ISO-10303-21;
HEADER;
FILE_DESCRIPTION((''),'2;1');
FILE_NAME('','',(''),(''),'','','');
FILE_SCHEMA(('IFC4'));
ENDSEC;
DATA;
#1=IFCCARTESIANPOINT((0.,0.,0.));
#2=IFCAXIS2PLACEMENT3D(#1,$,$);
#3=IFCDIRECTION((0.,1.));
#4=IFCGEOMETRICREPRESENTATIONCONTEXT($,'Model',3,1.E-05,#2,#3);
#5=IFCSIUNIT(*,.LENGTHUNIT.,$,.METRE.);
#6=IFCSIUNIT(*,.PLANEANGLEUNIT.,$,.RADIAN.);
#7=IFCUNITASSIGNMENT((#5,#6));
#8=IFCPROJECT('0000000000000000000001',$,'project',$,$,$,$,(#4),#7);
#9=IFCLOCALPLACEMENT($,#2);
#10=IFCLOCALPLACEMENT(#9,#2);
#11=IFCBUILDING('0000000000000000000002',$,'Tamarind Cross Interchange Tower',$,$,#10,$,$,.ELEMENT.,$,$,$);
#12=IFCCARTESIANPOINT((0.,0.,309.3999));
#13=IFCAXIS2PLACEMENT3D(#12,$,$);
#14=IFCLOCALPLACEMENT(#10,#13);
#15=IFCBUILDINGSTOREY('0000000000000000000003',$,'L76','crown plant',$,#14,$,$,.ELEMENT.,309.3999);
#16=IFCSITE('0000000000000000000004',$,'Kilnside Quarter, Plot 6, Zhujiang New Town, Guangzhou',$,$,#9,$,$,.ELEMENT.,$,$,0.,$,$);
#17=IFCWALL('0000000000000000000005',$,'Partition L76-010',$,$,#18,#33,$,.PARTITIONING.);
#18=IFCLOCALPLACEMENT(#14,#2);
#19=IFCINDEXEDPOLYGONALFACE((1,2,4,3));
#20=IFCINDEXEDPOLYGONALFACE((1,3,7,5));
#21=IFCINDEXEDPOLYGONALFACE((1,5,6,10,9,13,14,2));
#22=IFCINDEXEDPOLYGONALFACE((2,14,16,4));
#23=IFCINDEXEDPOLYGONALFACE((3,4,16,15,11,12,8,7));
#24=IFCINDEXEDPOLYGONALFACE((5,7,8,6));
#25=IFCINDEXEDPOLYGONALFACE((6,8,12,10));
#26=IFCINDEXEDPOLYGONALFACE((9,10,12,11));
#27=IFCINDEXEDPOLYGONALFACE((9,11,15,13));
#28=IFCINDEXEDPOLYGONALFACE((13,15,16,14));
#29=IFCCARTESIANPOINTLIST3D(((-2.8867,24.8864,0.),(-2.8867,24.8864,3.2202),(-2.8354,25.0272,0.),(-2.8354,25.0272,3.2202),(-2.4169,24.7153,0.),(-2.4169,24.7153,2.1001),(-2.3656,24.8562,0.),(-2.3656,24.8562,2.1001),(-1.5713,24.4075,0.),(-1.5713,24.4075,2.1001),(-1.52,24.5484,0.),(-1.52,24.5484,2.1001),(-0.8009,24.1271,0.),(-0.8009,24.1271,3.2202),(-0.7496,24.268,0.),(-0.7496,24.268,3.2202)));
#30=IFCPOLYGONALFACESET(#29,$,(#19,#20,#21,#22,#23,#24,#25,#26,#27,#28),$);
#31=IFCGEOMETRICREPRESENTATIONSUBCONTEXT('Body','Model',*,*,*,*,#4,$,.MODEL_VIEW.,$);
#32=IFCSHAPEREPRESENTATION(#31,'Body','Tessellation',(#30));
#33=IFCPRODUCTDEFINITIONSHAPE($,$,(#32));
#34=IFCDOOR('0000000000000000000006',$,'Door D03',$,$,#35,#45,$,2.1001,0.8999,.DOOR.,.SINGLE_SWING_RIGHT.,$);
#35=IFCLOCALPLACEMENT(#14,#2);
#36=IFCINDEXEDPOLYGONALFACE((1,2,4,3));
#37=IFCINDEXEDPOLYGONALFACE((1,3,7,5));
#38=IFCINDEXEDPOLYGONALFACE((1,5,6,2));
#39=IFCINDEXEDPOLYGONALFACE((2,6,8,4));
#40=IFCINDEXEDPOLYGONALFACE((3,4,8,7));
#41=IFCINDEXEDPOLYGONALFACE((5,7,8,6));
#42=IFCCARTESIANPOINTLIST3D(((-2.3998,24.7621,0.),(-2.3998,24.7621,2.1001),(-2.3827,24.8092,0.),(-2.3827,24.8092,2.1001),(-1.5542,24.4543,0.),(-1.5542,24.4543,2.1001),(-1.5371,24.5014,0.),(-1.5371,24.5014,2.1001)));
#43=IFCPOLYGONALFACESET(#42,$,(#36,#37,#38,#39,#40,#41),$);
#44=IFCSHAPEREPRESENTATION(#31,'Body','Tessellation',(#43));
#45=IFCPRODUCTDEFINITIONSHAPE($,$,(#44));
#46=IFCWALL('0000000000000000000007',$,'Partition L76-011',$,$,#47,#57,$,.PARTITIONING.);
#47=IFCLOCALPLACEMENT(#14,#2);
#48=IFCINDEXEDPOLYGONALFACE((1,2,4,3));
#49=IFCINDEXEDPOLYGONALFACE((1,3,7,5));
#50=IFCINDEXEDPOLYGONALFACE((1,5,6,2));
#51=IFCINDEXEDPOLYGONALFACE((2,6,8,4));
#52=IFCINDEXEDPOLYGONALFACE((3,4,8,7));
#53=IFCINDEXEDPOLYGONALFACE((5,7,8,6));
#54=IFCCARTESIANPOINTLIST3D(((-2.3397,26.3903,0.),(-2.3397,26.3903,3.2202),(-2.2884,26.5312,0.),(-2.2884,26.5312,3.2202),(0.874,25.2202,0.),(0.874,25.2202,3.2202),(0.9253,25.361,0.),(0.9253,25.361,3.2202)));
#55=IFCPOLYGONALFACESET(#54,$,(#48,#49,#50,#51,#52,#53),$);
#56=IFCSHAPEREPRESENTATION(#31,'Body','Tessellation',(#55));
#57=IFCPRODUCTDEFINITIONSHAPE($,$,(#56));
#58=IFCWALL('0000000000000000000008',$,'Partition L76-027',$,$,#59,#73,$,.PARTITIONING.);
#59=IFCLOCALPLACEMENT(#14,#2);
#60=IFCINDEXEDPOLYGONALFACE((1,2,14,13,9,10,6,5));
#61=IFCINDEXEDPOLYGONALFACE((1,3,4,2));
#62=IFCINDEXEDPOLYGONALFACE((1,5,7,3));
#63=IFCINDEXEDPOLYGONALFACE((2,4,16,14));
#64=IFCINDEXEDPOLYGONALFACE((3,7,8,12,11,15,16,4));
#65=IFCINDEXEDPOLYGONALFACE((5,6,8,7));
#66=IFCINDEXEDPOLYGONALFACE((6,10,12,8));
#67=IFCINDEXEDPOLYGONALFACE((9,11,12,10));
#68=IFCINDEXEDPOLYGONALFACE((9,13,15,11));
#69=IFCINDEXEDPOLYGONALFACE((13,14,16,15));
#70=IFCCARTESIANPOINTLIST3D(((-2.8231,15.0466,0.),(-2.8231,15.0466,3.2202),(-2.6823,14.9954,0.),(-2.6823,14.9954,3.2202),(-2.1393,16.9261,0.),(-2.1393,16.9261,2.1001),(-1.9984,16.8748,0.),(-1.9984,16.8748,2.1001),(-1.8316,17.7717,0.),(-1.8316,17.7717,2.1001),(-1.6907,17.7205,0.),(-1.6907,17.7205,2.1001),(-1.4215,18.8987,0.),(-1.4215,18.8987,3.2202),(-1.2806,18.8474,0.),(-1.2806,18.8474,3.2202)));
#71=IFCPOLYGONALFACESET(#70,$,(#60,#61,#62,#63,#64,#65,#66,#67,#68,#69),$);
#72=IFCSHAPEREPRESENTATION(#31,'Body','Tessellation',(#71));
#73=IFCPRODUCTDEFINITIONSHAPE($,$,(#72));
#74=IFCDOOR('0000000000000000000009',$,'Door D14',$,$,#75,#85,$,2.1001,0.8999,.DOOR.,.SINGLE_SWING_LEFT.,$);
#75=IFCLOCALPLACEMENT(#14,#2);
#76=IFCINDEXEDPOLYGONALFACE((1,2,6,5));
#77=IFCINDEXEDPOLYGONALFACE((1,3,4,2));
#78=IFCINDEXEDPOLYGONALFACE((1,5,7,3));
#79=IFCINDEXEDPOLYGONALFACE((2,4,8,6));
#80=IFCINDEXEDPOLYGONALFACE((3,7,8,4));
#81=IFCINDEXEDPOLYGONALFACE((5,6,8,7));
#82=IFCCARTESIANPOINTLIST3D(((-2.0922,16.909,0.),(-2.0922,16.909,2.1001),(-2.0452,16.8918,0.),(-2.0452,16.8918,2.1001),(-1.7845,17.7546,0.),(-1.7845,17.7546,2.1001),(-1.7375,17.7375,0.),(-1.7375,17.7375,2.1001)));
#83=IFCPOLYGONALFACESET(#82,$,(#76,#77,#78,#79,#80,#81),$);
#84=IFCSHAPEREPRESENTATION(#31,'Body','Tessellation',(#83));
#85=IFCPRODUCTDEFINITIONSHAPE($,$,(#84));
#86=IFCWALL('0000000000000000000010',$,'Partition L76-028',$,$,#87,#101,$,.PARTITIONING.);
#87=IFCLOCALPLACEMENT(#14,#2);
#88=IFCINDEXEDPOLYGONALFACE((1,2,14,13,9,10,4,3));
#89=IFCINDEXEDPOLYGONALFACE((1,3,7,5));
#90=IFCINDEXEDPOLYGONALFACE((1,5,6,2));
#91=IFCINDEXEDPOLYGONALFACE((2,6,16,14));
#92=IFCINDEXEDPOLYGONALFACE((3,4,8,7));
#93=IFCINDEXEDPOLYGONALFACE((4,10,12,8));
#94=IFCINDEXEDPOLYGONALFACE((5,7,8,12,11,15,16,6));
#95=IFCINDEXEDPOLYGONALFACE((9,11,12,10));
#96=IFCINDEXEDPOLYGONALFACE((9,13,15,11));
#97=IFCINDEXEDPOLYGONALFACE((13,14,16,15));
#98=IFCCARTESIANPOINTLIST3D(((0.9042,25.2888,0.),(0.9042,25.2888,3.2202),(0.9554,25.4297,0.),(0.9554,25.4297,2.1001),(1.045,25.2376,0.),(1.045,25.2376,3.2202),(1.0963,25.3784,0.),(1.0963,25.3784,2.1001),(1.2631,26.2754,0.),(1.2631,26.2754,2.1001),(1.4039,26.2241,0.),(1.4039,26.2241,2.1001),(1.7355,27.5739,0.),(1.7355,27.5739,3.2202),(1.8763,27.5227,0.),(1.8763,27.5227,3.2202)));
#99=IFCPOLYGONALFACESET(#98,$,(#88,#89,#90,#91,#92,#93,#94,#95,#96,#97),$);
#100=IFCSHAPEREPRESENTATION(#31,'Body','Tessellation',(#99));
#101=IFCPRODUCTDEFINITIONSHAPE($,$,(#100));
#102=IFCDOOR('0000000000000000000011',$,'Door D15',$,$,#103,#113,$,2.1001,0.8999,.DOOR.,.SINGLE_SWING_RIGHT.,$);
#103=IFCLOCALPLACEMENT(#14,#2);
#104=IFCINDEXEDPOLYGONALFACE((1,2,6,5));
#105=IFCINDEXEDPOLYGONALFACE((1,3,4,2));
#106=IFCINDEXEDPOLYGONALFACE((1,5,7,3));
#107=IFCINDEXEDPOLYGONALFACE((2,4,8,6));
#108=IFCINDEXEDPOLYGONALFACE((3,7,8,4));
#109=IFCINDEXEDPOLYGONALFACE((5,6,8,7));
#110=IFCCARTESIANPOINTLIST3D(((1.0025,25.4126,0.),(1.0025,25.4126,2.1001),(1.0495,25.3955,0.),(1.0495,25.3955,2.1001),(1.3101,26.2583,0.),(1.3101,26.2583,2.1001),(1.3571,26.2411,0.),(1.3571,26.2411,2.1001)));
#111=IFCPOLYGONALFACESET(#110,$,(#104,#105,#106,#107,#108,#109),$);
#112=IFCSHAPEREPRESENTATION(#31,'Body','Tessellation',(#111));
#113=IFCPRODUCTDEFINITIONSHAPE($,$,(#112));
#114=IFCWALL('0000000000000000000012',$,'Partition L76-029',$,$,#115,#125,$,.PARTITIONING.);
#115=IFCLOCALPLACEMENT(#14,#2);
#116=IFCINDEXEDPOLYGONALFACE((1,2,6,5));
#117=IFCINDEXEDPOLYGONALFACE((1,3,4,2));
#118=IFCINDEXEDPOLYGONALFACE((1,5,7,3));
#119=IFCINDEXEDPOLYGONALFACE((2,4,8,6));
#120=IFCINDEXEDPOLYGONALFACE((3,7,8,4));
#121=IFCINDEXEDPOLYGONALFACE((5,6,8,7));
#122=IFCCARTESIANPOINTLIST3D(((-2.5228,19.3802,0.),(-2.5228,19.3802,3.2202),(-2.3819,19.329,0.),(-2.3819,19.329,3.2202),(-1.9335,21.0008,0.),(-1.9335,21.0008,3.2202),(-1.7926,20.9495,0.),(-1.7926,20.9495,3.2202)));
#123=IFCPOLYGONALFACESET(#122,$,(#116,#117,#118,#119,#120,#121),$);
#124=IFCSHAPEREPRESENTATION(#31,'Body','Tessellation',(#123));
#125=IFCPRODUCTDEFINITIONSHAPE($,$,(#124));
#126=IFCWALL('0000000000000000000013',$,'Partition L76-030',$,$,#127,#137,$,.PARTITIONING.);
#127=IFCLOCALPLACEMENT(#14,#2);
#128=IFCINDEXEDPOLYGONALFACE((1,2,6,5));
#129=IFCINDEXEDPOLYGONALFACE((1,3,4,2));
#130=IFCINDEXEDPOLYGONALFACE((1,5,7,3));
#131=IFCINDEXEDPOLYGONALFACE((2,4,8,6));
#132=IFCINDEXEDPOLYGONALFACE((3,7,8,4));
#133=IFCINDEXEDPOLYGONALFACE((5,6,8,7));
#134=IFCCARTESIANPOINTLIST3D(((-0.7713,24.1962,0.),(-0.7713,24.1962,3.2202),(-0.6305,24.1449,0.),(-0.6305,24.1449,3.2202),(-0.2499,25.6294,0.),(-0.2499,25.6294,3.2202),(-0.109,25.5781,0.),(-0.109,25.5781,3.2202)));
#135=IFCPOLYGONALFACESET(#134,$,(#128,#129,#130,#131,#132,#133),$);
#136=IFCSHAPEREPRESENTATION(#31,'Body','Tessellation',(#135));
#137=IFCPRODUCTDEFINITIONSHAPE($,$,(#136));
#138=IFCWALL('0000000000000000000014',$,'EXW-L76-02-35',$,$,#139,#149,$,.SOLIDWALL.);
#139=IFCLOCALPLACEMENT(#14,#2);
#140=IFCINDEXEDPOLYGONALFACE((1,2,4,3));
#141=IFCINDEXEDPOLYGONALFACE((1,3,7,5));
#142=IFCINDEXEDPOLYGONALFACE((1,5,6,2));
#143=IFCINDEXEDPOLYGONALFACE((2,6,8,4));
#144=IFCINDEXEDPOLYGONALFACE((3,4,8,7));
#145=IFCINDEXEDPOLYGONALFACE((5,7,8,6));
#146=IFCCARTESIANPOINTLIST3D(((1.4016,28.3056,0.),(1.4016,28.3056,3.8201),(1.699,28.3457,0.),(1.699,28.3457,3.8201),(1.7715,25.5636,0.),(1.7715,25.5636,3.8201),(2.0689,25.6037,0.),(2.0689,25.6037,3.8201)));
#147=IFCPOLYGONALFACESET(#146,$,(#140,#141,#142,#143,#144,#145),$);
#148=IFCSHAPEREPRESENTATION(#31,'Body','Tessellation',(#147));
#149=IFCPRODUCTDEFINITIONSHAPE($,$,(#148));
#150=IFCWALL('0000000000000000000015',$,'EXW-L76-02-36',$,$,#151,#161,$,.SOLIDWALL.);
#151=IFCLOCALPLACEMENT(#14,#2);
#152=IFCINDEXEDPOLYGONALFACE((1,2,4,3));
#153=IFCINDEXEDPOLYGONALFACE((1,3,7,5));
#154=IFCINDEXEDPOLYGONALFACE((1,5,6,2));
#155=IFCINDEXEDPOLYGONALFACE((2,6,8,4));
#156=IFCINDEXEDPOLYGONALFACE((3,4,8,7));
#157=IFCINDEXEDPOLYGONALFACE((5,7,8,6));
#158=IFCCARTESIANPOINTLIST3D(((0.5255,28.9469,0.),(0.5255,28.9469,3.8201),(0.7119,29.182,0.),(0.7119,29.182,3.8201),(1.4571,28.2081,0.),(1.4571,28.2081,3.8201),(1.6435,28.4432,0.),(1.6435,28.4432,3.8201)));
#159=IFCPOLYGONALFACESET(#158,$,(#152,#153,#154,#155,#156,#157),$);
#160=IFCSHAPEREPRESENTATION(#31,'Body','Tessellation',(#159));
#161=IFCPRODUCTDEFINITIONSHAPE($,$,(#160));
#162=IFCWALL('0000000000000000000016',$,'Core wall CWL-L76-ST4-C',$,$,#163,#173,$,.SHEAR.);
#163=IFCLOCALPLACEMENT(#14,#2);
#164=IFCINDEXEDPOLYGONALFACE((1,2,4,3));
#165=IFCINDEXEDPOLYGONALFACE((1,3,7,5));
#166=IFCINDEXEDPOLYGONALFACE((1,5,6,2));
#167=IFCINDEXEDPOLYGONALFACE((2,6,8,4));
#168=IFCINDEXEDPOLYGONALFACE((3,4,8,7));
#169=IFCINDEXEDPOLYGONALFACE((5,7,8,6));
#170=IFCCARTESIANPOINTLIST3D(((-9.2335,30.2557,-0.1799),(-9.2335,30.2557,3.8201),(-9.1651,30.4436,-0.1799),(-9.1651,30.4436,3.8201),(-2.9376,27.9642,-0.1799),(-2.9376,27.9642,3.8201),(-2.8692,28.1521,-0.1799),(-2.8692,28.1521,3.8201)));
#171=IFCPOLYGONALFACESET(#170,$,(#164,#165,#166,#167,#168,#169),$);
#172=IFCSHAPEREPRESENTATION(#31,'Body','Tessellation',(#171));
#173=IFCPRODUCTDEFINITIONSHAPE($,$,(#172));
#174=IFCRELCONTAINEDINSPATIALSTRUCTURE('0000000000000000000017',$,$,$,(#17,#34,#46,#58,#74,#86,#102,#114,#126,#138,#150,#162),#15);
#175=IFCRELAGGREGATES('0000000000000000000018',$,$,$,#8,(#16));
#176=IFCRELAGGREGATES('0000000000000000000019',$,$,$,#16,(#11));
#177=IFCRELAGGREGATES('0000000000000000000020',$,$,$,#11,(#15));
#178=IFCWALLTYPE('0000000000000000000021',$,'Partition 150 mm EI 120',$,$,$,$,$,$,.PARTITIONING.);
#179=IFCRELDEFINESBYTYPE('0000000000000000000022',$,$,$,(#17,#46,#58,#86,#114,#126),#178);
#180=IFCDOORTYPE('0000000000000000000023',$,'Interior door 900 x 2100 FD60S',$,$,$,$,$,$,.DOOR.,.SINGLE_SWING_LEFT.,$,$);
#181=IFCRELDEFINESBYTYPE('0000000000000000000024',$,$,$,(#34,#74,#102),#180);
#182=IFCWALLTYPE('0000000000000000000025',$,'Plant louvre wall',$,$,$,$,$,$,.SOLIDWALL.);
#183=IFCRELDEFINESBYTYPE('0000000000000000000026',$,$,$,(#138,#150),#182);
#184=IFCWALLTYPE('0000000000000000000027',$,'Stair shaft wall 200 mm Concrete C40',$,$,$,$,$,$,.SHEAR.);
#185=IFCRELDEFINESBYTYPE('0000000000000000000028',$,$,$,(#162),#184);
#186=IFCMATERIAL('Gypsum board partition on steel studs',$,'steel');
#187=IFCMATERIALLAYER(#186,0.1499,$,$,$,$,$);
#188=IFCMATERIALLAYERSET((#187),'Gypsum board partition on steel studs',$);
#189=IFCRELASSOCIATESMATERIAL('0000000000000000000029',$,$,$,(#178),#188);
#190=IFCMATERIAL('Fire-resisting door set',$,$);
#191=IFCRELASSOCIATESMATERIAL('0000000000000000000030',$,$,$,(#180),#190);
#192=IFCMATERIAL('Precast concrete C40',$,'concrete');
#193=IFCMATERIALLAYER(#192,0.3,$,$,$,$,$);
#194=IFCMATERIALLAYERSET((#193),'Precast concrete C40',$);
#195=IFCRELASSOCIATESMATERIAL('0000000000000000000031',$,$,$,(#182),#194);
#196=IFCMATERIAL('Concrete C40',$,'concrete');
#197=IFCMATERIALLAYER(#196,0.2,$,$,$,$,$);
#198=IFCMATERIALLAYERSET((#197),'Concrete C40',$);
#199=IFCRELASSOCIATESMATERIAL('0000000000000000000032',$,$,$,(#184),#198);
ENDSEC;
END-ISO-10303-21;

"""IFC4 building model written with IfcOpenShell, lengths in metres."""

from ifc_helpers import new_model, si_unit, direction, frame, frame_2d, origin, place, context, subcontext, project, spatial, rectangle, extrude, material, layer, layer_set, type_object, element, fill, save


model = new_model("IFC4")

# Units and contexts
model_context = context("Model", 3, precision=1e-05, world=origin(), true_north=direction((0.0, 1.0)))
body_context = subcontext(model_context, "Body", "Model", "MODEL_VIEW")
ifc_project = project(units=[si_unit("LENGTHUNIT", "METRE"), si_unit("PLANEANGLEUNIT", "RADIAN")], contexts=[model_context])

# Site, building, storey
site_placement = place(None, origin())
site = spatial("IfcSite", under=ifc_project, at=site_placement, Name="Kilnside Quarter, Plot 6, Zhujiang New Town, Guangzhou", CompositionType="ELEMENT", RefElevation=0.0)
building_placement = place(site_placement, origin())
building = spatial("IfcBuilding", under=site, at=building_placement, Name="Tamarind Cross Interchange Tower", CompositionType="ELEMENT")
storey_placement = place(building_placement, frame((0.0, 0.0, 309.3999)))
storey = spatial("IfcBuildingStorey", under=building, at=storey_placement, Name="L76", Description="crown plant", CompositionType="ELEMENT", Elevation=309.3999)

# Wall, opening, door
ifc_material_1 = material(Name="Gypsum board partition on steel studs", Category="steel")
ifc_layer_1 = layer(ifc_material_1, 0.1499)
ifc_layer_set_1 = layer_set([ifc_layer_1], Name="Gypsum board partition on steel studs")
wall_type_1 = type_object("IfcWallType", Name="Partition 150 mm EI 120", PredefinedType="PARTITIONING", material=ifc_layer_set_1)
wall_1_placement = place(storey_placement, frame((-2.8611, 24.9568, 0.0), z_axis=(0.0, 0.0, 1.0), x_axis=(0.939684, -0.342043, 0.0)))
wall_1 = element("IfcWall", 1, at=wall_1_placement, inside=storey, type_object=wall_type_1, Name="Partition L76-010", PredefinedType="PARTITIONING", context=body_context, shape_type="SweptSolid", body=[
    extrude(rectangle(XDim=2.2197, YDim=0.1499, at=frame_2d((1.1099, 0.0))), origin(), (0.0, 0.0, 1.0), 3.2202),
])
opening_1_placement = place(wall_1_placement, frame((0.5, 0.0, 0.0)))
opening_1 = element("IfcOpeningElement", 2, at=opening_1_placement, cuts=wall_1, PredefinedType="OPENING", context=body_context, shape_type="SweptSolid", body=[
    extrude(rectangle(XDim=0.8999, YDim=2.1001, at=frame_2d((0.45, 1.05))), frame((0.0, 0.085, 0.0), z_axis=(0.0, -1.0, 0.0), x_axis=(1.0, 0.0, 0.0)), (0.0, 0.0, 1.0), 0.1699),
])
ifc_material_2 = material(Name="Fire-resisting door set")
door_type = type_object("IfcDoorType", Name="Interior door 900 x 2100 FD60S", OperationType="SINGLE_SWING_LEFT", PredefinedType="DOOR", material=ifc_material_2)
door_1_placement = place(opening_1_placement, origin())
door_1 = element("IfcDoor", 3, at=door_1_placement, inside=storey, type_object=door_type, Name="Door D03", OperationType="SINGLE_SWING_RIGHT", OverallHeight=2.1001, OverallWidth=0.8999, PredefinedType="DOOR", context=body_context, shape_type="SweptSolid", body=[
    extrude(rectangle(XDim=0.8999, YDim=2.1001, at=frame_2d((0.45, 1.05))), frame((0.0, 0.0249, 0.0), z_axis=(0.0, -1.0, 0.0), x_axis=(1.0, 0.0, 0.0)), (0.0, 0.0, 1.0), 0.05),
])
fill(opening_1, door_1)

# Wall
wall_2_placement = place(storey_placement, frame((-2.314, 26.4607, 0.0), z_axis=(0.0, 0.0, 1.0), x_axis=(0.939654, -0.342127, 0.0)))
element("IfcWall", 4, at=wall_2_placement, inside=storey, type_object=wall_type_1, Name="Partition L76-011", PredefinedType="PARTITIONING", context=body_context, shape_type="SweptSolid", body=[
    extrude(rectangle(XDim=3.4202, YDim=0.1499, at=frame_2d((1.71, 0.0))), origin(), (0.0, 0.0, 1.0), 3.2202),
])

# Walls, openings, doors
wall_3_placement = place(storey_placement, frame((-2.7527, 15.021, 0.0), z_axis=(0.0, 0.0, 1.0), x_axis=(0.34193, 0.939726, 0.0)))
wall_3 = element("IfcWall", 5, at=wall_3_placement, inside=storey, type_object=wall_type_1, Name="Partition L76-027", PredefinedType="PARTITIONING", context=body_context, shape_type="SweptSolid", body=[
    extrude(rectangle(XDim=4.0991, YDim=0.1499, at=frame_2d((2.0496, 0.0))), origin(), (0.0, 0.0, 1.0), 3.2202),
])
opening_2_placement = place(wall_3_placement, frame((2.0, 0.0, 0.0)))
opening_2 = element("IfcOpeningElement", 6, at=opening_2_placement, cuts=wall_3, PredefinedType="OPENING", context=body_context, shape_type="SweptSolid", body=[
    extrude(rectangle(XDim=0.8999, YDim=2.1001, at=frame_2d((0.45, 1.05))), frame((0.0, 0.085, 0.0), z_axis=(0.0, -1.0, 0.0), x_axis=(1.0, 0.0, 0.0)), (0.0, 0.0, 1.0), 0.1699),
])
door_2_placement = place(opening_2_placement, origin())
door_2 = element("IfcDoor", 7, at=door_2_placement, inside=storey, type_object=door_type, Name="Door D14", OperationType="SINGLE_SWING_LEFT", OverallHeight=2.1001, OverallWidth=0.8999, PredefinedType="DOOR", context=body_context, shape_type="SweptSolid", body=[
    extrude(rectangle(XDim=0.8999, YDim=2.1001, at=frame_2d((0.45, 1.05))), frame((0.0, 0.0249, 0.0), z_axis=(0.0, -1.0, 0.0), x_axis=(1.0, 0.0, 0.0)), (0.0, 0.0, 1.0), 0.05),
])
fill(opening_2, door_2)
wall_4_placement = place(storey_placement, frame((0.9746, 25.2632, 0.0), z_axis=(0.0, 0.0, 1.0), x_axis=(0.341864, 0.939749, 0.0)))
wall_4 = element("IfcWall", 8, at=wall_4_placement, inside=storey, type_object=wall_type_1, Name="Partition L76-028", PredefinedType="PARTITIONING", context=body_context, shape_type="SweptSolid", body=[
    extrude(rectangle(XDim=2.4316, YDim=0.1499, at=frame_2d((1.2158, 0.0))), origin(), (0.0, 0.0, 1.0), 3.2202),
])
opening_3_placement = place(wall_4_placement, frame((0.1499, 0.0, 0.0)))
opening_3 = element("IfcOpeningElement", 9, at=opening_3_placement, cuts=wall_4, PredefinedType="OPENING", context=body_context, shape_type="SweptSolid", body=[
    extrude(rectangle(XDim=0.8999, YDim=2.1001, at=frame_2d((0.45, 1.05))), frame((0.0, 0.085, 0.0), z_axis=(0.0, -1.0, 0.0), x_axis=(1.0, 0.0, 0.0)), (0.0, 0.0, 1.0), 0.1699),
])
door_3_placement = place(opening_3_placement, origin())
door_3 = element("IfcDoor", 10, at=door_3_placement, inside=storey, type_object=door_type, Name="Door D15", OperationType="SINGLE_SWING_RIGHT", OverallHeight=2.1001, OverallWidth=0.8999, PredefinedType="DOOR", context=body_context, shape_type="SweptSolid", body=[
    extrude(rectangle(XDim=0.8999, YDim=2.1001, at=frame_2d((0.45, 1.05))), frame((0.0, 0.0249, 0.0), z_axis=(0.0, -1.0, 0.0), x_axis=(1.0, 0.0, 0.0)), (0.0, 0.0, 1.0), 0.05),
])
fill(opening_3, door_3)

# Walls
wall_5_placement = place(storey_placement, frame((-2.4524, 19.3545, 0.0), z_axis=(0.0, 0.0, 1.0), x_axis=(0.341766, 0.939785, 0.0)))
element("IfcWall", 11, at=wall_5_placement, inside=storey, type_object=wall_type_1, Name="Partition L76-029", PredefinedType="PARTITIONING", context=body_context, shape_type="SweptSolid", body=[
    extrude(rectangle(XDim=1.7244, YDim=0.1499, at=frame_2d((0.8623, 0.0))), origin(), (0.0, 0.0, 1.0), 3.2202),
])
wall_6_placement = place(storey_placement, frame((-0.7009, 24.1704, 0.0), z_axis=(0.0, 0.0, 1.0), x_axis=(0.341897, 0.939737, 0.0)))
element("IfcWall", 12, at=wall_6_placement, inside=storey, type_object=wall_type_1, Name="Partition L76-030", PredefinedType="PARTITIONING", context=body_context, shape_type="SweptSolid", body=[
    extrude(rectangle(XDim=1.5251, YDim=0.1499, at=frame_2d((0.7627, 0.0))), origin(), (0.0, 0.0, 1.0), 3.2202),
])

# Shared definitions
ifc_material_3 = material(Name="Precast concrete C40", Category="concrete")
ifc_layer_2 = layer(ifc_material_3, 0.3)
ifc_layer_set_2 = layer_set([ifc_layer_2], Name="Precast concrete C40")
wall_type_2 = type_object("IfcWallType", Name="Plant louvre wall", PredefinedType="SOLIDWALL", material=ifc_layer_set_2)

# Walls
wall_7_placement = place(storey_placement, frame((1.9202, 25.5837, 0.0), z_axis=(0.0, 0.0, 1.0), x_axis=(-0.133684, 0.991024, 0.0)))
element("IfcWall", 13, at=wall_7_placement, inside=storey, type_object=wall_type_2, Name="EXW-L76-02-35", PredefinedType="SOLIDWALL", context=body_context, shape_type="SweptSolid", body=[
    extrude(rectangle(XDim=2.7668, YDim=0.3, at=frame_2d((1.3833, 0.0))), origin(), (0.0, 0.0, 1.0), 3.8201),
])
wall_8_placement = place(storey_placement, frame((1.5503, 28.3257, 0.0), z_axis=(0.0, 0.0, 1.0), x_axis=(-0.783546, 0.621334, 0.0)))
element("IfcWall", 14, at=wall_8_placement, inside=storey, type_object=wall_type_2, Name="EXW-L76-02-36", PredefinedType="SOLIDWALL", context=body_context, shape_type="SweptSolid", body=[
    extrude(rectangle(XDim=1.189, YDim=0.3, at=frame_2d((0.5945, 0.0))), origin(), (0.0, 0.0, 1.0), 3.8201),
])
ifc_material_4 = material(Name="Concrete C40", Category="concrete")
ifc_layer_3 = layer(ifc_material_4, 0.2)
ifc_layer_set_3 = layer_set([ifc_layer_3], Name="Concrete C40")
wall_type_3 = type_object("IfcWallType", Name="Stair shaft wall 200 mm Concrete C40", PredefinedType="SHEAR", material=ifc_layer_set_3)
wall_9_placement = place(storey_placement, frame((-2.9033, 28.0581, -0.1799), z_axis=(0.0, 0.0, 1.0), x_axis=(-0.939693, 0.342018, 0.0)))
element("IfcWall", 15, at=wall_9_placement, inside=storey, type_object=wall_type_3, Name="Core wall CWL-L76-ST4-C", PredefinedType="SHEAR", context=body_context, shape_type="SweptSolid", body=[
    extrude(rectangle(XDim=6.7, YDim=0.2, at=frame_2d((3.3501, 0.0))), origin(), (0.0, 0.0, 1.0), 4.0),
])

save(model, "model.ifc")
